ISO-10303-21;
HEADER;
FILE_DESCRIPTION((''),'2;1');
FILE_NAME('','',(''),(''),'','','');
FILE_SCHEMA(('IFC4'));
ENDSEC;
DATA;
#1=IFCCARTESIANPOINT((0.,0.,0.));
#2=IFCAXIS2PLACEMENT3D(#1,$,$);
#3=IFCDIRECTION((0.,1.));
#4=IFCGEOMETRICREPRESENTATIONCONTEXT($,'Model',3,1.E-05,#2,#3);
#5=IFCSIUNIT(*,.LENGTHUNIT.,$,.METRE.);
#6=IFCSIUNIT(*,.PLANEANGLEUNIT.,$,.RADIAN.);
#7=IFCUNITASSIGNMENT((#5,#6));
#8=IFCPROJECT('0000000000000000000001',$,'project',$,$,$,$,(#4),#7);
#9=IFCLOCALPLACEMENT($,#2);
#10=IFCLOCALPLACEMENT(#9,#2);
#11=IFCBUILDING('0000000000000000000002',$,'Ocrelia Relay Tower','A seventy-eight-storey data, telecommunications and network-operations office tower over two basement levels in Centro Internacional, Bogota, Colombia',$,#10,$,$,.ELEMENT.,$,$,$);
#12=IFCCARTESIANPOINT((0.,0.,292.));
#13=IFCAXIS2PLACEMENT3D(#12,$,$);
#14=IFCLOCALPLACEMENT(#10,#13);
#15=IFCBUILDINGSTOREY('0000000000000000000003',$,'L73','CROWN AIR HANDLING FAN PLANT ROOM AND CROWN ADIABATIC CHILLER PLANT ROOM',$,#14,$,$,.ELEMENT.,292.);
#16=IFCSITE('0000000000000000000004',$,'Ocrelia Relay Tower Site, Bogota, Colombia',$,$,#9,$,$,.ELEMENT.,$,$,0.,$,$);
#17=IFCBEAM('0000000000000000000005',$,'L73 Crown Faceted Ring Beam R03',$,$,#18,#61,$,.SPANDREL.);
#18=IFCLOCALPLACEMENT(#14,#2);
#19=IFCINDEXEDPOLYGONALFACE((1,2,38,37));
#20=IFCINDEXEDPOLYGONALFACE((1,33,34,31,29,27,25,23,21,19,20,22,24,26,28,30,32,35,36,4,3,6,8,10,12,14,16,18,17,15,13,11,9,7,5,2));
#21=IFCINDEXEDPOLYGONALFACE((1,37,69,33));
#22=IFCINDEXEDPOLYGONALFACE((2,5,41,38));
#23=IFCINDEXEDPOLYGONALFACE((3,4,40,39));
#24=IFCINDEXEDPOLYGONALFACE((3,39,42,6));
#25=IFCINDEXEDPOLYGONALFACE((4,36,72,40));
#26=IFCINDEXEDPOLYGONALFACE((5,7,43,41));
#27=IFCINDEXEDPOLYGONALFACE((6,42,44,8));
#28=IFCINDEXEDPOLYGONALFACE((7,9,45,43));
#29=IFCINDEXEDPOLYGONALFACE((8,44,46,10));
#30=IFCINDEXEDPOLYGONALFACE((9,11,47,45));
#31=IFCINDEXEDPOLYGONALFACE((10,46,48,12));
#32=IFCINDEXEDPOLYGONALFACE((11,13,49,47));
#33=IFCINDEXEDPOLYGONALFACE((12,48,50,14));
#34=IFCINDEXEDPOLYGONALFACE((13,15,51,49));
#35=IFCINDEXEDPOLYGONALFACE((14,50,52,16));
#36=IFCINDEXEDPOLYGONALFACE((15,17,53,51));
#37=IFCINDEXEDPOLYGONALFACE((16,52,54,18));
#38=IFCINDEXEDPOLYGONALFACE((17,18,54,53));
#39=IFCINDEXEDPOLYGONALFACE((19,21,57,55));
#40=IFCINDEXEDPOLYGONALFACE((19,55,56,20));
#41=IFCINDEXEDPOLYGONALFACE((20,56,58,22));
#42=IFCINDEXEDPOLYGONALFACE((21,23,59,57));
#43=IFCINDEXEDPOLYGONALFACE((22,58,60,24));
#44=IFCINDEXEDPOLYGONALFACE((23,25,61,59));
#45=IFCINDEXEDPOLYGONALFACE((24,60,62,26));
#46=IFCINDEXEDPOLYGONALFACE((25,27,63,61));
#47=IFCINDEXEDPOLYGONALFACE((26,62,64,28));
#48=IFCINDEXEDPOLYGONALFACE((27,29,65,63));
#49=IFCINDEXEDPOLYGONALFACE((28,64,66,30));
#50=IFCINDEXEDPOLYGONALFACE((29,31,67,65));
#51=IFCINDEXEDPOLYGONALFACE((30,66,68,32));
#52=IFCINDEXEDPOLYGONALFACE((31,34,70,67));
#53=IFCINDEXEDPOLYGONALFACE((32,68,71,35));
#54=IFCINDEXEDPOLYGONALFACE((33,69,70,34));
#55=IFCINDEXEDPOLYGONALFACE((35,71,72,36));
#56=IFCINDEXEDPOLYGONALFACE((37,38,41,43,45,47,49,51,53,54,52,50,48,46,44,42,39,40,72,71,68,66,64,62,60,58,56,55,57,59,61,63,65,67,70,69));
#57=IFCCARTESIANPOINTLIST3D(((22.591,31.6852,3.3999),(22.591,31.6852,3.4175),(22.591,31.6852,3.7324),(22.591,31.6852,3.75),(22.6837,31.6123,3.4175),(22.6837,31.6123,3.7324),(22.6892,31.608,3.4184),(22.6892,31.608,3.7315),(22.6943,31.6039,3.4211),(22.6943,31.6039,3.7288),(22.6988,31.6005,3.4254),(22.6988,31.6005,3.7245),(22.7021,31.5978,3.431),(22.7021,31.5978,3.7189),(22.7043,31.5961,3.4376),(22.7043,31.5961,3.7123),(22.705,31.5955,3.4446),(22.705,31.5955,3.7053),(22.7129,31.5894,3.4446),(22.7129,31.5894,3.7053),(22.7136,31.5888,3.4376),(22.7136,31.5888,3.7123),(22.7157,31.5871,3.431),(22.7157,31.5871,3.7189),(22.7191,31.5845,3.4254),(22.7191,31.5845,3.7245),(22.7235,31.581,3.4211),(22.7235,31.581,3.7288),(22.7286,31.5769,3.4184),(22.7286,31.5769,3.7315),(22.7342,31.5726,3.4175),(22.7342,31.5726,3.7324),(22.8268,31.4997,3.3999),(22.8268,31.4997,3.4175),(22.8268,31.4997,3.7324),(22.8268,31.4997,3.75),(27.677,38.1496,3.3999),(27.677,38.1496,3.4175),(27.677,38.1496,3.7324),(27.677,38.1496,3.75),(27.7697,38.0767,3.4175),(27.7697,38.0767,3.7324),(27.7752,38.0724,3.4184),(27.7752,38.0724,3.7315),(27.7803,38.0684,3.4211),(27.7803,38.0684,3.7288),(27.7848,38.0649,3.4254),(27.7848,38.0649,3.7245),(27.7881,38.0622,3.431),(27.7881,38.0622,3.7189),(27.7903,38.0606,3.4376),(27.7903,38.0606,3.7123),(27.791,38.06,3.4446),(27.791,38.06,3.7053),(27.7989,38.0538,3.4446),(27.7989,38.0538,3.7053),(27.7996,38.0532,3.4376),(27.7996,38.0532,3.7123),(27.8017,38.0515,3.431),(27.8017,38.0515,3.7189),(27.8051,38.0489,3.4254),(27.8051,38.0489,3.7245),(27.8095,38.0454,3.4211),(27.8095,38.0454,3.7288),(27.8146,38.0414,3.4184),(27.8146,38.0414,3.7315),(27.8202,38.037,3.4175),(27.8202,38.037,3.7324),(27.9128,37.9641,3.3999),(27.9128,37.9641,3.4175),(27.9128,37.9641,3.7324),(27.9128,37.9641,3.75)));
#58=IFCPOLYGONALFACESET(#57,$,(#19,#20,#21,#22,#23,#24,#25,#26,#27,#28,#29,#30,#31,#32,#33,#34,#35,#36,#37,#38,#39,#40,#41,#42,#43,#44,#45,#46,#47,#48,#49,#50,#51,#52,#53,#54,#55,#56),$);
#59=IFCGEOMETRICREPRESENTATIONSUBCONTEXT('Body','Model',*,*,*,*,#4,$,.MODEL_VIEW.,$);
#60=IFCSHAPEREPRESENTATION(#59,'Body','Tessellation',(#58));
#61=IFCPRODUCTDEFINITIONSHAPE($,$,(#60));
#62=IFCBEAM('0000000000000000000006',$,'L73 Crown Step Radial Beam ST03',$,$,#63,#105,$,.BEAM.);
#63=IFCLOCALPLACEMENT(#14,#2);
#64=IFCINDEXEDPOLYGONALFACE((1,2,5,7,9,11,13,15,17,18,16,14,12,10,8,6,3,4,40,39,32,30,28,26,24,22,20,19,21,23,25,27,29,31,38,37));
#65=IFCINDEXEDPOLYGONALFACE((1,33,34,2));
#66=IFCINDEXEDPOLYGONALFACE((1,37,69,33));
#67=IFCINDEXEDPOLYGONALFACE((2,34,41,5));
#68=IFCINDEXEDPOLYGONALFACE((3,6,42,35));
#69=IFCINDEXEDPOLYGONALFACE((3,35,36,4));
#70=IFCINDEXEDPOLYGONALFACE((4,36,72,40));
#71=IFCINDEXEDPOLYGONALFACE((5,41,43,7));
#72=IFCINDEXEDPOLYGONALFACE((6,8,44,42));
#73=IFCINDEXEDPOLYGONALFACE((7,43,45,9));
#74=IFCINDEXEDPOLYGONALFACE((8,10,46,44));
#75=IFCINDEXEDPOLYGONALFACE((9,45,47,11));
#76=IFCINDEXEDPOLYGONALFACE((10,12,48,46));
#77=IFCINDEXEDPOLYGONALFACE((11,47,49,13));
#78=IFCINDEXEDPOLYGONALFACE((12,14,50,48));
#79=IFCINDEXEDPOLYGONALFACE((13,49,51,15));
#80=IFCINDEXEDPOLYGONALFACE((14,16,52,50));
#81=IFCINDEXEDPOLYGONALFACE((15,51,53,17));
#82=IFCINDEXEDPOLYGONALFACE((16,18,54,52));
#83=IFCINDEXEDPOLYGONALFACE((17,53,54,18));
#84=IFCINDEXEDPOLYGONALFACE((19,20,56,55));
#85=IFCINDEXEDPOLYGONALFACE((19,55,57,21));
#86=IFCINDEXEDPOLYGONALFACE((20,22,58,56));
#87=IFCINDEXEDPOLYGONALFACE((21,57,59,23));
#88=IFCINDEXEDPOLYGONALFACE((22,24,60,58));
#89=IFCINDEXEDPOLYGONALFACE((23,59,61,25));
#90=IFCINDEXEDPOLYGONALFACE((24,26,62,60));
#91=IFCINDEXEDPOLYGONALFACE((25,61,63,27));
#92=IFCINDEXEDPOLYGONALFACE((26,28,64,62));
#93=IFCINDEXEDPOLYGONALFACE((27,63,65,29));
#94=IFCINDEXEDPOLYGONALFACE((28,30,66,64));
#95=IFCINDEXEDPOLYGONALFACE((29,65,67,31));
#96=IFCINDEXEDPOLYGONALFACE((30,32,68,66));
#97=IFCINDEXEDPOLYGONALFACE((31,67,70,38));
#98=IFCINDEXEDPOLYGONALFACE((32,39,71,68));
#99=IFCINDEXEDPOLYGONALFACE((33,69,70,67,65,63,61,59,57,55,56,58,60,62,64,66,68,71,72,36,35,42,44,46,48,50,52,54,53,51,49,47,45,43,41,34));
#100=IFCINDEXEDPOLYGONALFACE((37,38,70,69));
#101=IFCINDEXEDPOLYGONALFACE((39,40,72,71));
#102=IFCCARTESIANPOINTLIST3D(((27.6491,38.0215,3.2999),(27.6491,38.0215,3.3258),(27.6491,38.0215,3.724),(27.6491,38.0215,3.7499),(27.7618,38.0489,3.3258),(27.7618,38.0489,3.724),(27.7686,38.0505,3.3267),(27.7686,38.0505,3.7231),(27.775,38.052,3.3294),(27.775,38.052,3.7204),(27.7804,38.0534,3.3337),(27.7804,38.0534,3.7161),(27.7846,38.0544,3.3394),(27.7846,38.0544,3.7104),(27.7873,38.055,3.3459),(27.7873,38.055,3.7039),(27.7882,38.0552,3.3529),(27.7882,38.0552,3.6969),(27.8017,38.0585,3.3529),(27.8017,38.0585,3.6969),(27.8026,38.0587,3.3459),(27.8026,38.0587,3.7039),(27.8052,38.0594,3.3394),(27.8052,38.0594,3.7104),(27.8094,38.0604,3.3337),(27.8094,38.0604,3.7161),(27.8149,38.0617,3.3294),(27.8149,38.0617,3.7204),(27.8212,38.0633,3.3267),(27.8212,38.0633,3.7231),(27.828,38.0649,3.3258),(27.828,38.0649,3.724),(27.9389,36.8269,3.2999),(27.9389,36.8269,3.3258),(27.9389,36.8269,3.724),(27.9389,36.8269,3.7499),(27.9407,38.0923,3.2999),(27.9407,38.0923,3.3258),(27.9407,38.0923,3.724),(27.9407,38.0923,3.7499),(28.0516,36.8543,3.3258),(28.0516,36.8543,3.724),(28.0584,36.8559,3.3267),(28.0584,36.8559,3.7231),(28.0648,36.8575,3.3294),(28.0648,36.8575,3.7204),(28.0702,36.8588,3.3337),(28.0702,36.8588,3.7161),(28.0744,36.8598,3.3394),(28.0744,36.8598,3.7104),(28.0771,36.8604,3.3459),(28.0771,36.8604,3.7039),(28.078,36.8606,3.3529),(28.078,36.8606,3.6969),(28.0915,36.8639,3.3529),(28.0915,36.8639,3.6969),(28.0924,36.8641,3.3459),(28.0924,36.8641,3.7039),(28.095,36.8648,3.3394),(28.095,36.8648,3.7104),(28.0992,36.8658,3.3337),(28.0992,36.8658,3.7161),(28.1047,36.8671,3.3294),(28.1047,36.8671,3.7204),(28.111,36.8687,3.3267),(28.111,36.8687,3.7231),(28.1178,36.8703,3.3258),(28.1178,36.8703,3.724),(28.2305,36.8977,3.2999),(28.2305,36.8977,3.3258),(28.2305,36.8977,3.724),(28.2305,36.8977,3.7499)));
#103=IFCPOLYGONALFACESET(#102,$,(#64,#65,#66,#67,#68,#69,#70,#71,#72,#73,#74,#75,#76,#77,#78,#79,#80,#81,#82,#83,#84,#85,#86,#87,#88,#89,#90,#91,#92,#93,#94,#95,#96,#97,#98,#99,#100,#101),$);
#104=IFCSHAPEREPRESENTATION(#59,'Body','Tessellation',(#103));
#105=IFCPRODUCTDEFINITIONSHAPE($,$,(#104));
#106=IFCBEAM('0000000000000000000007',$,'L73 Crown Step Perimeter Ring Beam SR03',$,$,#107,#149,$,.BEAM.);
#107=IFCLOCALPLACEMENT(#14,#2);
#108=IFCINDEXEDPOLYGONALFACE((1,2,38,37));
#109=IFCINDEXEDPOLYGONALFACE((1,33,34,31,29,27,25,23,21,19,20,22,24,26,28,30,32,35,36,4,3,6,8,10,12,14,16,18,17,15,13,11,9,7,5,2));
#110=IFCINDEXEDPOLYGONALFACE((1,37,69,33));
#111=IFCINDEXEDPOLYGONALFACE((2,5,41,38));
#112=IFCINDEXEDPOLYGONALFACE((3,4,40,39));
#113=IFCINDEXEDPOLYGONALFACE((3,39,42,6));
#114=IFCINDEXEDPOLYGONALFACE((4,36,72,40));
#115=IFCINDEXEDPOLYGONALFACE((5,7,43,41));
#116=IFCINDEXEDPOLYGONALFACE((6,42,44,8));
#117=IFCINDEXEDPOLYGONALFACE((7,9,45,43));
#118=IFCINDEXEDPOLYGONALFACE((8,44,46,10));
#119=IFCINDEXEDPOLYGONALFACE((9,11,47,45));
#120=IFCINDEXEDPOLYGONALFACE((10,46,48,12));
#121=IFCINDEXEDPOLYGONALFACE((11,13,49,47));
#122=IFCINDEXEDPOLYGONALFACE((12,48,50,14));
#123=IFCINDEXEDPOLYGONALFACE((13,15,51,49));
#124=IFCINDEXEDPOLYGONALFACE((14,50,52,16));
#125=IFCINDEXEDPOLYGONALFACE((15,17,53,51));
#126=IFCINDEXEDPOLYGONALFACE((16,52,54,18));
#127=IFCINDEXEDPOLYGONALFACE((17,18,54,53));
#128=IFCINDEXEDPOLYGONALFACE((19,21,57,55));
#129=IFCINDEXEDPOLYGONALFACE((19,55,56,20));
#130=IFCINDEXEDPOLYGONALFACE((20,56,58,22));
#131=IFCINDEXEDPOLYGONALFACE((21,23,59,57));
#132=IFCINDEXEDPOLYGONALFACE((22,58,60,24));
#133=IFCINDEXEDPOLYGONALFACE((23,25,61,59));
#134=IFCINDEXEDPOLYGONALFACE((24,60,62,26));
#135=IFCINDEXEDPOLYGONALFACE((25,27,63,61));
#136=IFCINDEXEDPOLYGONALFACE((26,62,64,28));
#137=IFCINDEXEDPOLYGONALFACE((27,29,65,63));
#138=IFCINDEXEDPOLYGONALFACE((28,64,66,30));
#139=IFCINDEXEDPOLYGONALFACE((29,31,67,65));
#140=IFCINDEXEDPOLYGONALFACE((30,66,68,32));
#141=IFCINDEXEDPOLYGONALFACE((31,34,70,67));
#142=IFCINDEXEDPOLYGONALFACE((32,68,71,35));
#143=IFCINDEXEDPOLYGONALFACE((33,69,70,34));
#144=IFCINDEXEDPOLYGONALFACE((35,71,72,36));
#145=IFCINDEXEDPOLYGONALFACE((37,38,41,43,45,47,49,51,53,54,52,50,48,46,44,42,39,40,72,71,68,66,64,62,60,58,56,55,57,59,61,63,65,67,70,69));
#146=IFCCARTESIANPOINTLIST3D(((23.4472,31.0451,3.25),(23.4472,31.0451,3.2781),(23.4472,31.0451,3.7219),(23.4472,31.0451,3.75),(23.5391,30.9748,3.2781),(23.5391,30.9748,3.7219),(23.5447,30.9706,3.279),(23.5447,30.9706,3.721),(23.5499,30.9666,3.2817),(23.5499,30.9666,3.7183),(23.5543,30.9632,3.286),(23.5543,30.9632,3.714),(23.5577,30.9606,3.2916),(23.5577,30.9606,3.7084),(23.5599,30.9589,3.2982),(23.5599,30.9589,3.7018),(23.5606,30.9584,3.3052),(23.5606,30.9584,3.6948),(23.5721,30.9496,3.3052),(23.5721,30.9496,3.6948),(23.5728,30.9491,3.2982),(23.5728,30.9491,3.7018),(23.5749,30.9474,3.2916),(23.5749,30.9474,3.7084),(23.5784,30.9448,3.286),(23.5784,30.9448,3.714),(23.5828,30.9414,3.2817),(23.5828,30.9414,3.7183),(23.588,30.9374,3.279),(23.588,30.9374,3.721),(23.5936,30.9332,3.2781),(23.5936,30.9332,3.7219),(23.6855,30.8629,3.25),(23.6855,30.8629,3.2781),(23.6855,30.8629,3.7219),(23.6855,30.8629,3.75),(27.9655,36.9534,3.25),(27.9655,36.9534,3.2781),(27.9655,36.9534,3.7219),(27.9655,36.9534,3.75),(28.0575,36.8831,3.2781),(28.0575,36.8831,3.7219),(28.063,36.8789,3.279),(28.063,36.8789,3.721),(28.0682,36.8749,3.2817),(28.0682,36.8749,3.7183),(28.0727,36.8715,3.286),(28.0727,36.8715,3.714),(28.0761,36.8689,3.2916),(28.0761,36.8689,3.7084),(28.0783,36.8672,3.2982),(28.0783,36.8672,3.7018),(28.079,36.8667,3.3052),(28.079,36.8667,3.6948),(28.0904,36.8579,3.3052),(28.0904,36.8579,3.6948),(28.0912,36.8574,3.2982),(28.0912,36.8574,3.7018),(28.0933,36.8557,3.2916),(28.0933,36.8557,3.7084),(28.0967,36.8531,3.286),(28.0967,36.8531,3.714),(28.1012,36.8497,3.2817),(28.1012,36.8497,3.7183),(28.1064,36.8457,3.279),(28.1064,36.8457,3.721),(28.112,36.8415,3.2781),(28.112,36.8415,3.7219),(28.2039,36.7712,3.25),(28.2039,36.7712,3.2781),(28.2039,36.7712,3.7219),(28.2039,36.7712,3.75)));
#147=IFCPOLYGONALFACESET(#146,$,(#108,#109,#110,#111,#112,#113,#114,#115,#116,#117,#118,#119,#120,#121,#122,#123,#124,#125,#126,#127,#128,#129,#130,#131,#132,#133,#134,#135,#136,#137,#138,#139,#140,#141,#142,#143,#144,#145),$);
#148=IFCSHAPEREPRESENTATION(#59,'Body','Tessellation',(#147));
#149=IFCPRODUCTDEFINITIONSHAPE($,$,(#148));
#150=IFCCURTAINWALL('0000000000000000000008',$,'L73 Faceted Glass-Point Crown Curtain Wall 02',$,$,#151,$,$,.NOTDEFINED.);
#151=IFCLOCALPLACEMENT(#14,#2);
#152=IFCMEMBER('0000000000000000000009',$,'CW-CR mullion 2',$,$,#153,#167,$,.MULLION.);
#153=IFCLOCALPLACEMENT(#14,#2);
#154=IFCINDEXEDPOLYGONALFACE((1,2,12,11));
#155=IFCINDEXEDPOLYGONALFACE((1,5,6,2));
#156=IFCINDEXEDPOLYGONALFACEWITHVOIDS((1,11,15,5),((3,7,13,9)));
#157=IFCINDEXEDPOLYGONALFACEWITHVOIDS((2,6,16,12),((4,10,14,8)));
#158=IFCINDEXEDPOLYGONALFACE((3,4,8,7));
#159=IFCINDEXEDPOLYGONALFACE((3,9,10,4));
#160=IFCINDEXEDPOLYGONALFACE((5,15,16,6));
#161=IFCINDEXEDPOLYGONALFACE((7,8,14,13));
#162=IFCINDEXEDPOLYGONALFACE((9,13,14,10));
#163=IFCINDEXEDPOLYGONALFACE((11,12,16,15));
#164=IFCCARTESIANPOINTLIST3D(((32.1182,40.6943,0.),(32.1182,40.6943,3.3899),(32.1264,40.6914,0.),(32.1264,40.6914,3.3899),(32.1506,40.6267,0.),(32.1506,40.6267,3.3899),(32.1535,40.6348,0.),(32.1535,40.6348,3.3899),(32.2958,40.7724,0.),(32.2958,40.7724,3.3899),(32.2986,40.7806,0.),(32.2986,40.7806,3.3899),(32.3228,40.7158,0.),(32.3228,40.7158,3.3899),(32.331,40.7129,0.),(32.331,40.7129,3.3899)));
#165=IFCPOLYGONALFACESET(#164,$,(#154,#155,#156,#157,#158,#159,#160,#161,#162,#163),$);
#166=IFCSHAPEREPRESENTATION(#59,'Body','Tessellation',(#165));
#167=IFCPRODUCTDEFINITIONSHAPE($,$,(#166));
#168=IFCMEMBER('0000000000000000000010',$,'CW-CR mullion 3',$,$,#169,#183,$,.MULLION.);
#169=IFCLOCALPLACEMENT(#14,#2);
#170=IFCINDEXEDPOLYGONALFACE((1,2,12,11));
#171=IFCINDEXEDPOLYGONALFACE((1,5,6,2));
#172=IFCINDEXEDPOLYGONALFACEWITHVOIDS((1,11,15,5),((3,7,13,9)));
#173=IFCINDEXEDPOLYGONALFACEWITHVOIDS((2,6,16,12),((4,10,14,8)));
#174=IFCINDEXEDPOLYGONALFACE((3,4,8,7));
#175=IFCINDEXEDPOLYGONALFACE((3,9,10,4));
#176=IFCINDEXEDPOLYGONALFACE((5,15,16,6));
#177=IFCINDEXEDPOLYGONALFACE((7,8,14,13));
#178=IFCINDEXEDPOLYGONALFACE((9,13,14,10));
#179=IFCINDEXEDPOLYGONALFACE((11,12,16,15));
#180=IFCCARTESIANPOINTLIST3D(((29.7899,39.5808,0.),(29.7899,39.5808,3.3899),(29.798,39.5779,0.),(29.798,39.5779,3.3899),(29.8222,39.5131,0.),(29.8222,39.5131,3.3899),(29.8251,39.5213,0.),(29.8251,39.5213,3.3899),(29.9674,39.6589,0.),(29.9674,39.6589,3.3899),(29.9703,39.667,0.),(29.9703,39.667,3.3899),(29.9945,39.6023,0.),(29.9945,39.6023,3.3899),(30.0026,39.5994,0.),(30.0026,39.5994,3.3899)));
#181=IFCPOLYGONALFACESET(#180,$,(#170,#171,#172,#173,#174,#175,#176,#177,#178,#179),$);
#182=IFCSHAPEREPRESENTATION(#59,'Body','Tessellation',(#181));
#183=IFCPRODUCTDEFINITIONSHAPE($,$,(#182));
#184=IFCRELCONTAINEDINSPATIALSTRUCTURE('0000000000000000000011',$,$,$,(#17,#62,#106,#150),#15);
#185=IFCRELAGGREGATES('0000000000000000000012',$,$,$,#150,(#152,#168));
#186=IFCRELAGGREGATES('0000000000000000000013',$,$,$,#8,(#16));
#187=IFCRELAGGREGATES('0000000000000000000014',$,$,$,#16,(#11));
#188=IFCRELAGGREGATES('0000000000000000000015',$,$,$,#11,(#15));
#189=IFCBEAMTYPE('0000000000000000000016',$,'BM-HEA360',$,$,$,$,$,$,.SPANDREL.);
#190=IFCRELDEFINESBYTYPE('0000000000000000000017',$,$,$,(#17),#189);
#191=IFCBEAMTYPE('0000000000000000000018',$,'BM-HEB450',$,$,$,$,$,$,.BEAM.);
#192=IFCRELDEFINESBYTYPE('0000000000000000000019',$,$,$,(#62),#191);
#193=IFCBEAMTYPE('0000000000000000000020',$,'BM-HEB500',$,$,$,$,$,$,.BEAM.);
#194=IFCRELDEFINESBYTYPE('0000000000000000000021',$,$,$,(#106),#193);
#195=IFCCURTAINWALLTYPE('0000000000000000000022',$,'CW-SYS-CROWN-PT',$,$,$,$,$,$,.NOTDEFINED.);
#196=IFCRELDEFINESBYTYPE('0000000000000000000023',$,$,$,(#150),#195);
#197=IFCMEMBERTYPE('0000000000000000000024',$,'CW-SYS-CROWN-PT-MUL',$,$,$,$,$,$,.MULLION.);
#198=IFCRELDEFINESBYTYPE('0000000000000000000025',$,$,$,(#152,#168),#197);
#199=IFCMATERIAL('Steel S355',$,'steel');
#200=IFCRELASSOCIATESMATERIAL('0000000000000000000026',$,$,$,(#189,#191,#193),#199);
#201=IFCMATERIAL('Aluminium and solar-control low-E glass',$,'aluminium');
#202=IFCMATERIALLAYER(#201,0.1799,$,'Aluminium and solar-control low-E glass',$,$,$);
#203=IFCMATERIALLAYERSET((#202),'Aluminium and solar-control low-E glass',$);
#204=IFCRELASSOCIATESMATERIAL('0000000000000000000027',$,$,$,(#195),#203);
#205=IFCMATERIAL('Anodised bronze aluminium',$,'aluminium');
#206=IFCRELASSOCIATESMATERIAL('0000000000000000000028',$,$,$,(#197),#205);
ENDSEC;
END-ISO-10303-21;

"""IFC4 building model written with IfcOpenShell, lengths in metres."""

from ifc_helpers import new_model, si_unit, direction, frame, origin, origin_2d, place, context, subcontext, project, spatial, hollow_rectangle, i_section, extrude, material, layer, layer_set, material_profile, profile_set, type_object, element, aggregate, save


model = new_model("IFC4")

# Units and contexts
model_context = context("Model", 3, precision=1e-05, world=origin(), true_north=direction((0.0, 1.0)))
body_context = subcontext(model_context, "Body", "Model", "MODEL_VIEW")
ifc_project = project(units=[si_unit("LENGTHUNIT", "METRE"), si_unit("PLANEANGLEUNIT", "RADIAN")], contexts=[model_context])

# Site, building, storey
site_placement = place(None, origin())
site = spatial("IfcSite", under=ifc_project, at=site_placement, Name="Ocrelia Relay Tower Site, Bogota, Colombia", CompositionType="ELEMENT", RefElevation=0.0)
building_placement = place(site_placement, origin())
building = spatial("IfcBuilding", under=site, at=building_placement, Name="Ocrelia Relay Tower", Description="A seventy-eight-storey data, telecommunications and network-operations office tower over two basement levels in Centro Internacional, Bogota, Colombia", CompositionType="ELEMENT")
storey_placement = place(building_placement, frame((0.0, 0.0, 292.0)))
storey = spatial("IfcBuildingStorey", under=building, at=storey_placement, Name="L73", Description="CROWN AIR HANDLING FAN PLANT ROOM AND CROWN ADIABATIC CHILLER PLANT ROOM", CompositionType="ELEMENT", Elevation=292.0)

# Beams
ifc_material_1 = material(Name="Steel S355", Category="steel")
ifc_material_profile_1 = material_profile(ifc_material_1, i_section(OverallWidth=0.3, OverallDepth=0.3501, WebThickness=0.01, FlangeThickness=0.0176, FilletRadius=0.0271, at=origin_2d()), Name="HEA 360")
ifc_profile_set_1 = profile_set([ifc_material_profile_1], Name="Steel S355")
beam_type_1 = type_object("IfcBeamType", Name="BM-HEA360", PredefinedType="SPANDREL", material=ifc_profile_set_1)
beam_1_placement = place(storey_placement, frame((27.7949, 38.0569, 3.575), z_axis=(-0.618333, -0.785916, 0.0), x_axis=(0.785916, -0.618333, 0.0)))
element("IfcBeam", 1, at=beam_1_placement, inside=storey, type_object=beam_type_1, Name="L73 Crown Faceted Ring Beam R03", PredefinedType="SPANDREL", context=body_context, shape_type="SweptSolid", body=[
    extrude(i_section(OverallWidth=0.3, OverallDepth=0.3501, WebThickness=0.01, FlangeThickness=0.0176, FilletRadius=0.0271, at=origin_2d()), origin(), (0.0, 0.0, 1.0), 8.2253),
])
ifc_material_profile_2 = material_profile(ifc_material_1, i_section(OverallWidth=0.3, OverallDepth=0.45, WebThickness=0.0139, FlangeThickness=0.0259, FilletRadius=0.0271, at=origin_2d()), Name="HEB 450")
ifc_profile_set_2 = profile_set([ifc_material_profile_2], Name="Steel S355")
beam_type_2 = type_object("IfcBeamType", Name="BM-HEB450", PredefinedType="BEAM", material=ifc_profile_set_2)
beam_2_placement = place(storey_placement, frame((27.7949, 38.0569, 3.5249), z_axis=(0.235754, -0.971813, 0.0), x_axis=(0.971813, 0.235754, 0.0)))
element("IfcBeam", 2, at=beam_2_placement, inside=storey, type_object=beam_type_2, Name="L73 Crown Step Radial Beam ST03", PredefinedType="BEAM", context=body_context, shape_type="SweptSolid", body=[
    extrude(i_section(OverallWidth=0.3, OverallDepth=0.45, WebThickness=0.0139, FlangeThickness=0.0259, FilletRadius=0.0271, at=origin_2d()), origin(), (0.0, 0.0, 1.0), 1.2292),
])
ifc_material_profile_3 = material_profile(ifc_material_1, i_section(OverallWidth=0.3, OverallDepth=0.5, WebThickness=0.0144, FlangeThickness=0.0281, FilletRadius=0.0271, at=origin_2d()), Name="HEB 500")
ifc_profile_set_3 = profile_set([ifc_material_profile_3], Name="Steel S355")
beam_type_3 = type_object("IfcBeamType", Name="BM-HEB500", PredefinedType="BEAM", material=ifc_profile_set_3)
beam_3_placement = place(storey_placement, frame((28.0847, 36.8623, 3.5), z_axis=(-0.607473, -0.79434, 0.0), x_axis=(0.79434, -0.607473, 0.0)))
element("IfcBeam", 3, at=beam_3_placement, inside=storey, type_object=beam_type_3, Name="L73 Crown Step Perimeter Ring Beam SR03", PredefinedType="BEAM", context=body_context, shape_type="SweptSolid", body=[
    extrude(i_section(OverallWidth=0.3, OverallDepth=0.5, WebThickness=0.0144, FlangeThickness=0.0281, FilletRadius=0.0271, at=origin_2d()), origin(), (0.0, 0.0, 1.0), 7.438),
])

# Curtain wall, members
ifc_material_2 = material(Name="Aluminium and solar-control low-E glass", Category="aluminium")
ifc_layer_1 = layer(ifc_material_2, 0.1799, Name="Aluminium and solar-control low-E glass")
ifc_layer_set_1 = layer_set([ifc_layer_1], Name="Aluminium and solar-control low-E glass")
curtain_wall_type = type_object("IfcCurtainWallType", Name="CW-SYS-CROWN-PT", PredefinedType="NOTDEFINED", material=ifc_layer_set_1)
curtain_wall_1_placement = place(storey_placement, origin())
curtain_wall_1 = element("IfcCurtainWall", 4, at=curtain_wall_1_placement, inside=storey, type_object=curtain_wall_type, Name="L73 Faceted Glass-Point Crown Curtain Wall 02", PredefinedType="NOTDEFINED")
ifc_material_3 = material(Name="Anodised bronze aluminium", Category="aluminium")
ifc_material_profile_4 = material_profile(ifc_material_3, hollow_rectangle(XDim=0.075, YDim=0.2, WallThickness=0.0061, at=origin_2d()), Name="CW-MUL-200x75")
ifc_profile_set_4 = profile_set([ifc_material_profile_4], Name="Anodised bronze aluminium")
member_type_1 = type_object("IfcMemberType", Name="CW-SYS-CROWN-PT-MUL", PredefinedType="MULLION", material=ifc_profile_set_4)
member_1_placement = place(storey_placement, frame((32.2246, 40.7036, 0.0), z_axis=(0.0, 0.0, 1.0), x_axis=(0.431477, -0.902124, 0.0)))
member_1 = element("IfcMember", 5, at=member_1_placement, type_object=member_type_1, Name="CW-CR mullion 2", PredefinedType="MULLION", context=body_context, shape_type="SweptSolid", body=[
    extrude(hollow_rectangle(XDim=0.075, YDim=0.2, WallThickness=0.0061, at=origin_2d()), origin(), (0.0, 0.0, 1.0), 3.3899),
])
member_2_placement = place(storey_placement, frame((29.8962, 39.5901, 0.0), z_axis=(0.0, 0.0, 1.0), x_axis=(0.431477, -0.902124, 0.0)))
member_2 = element("IfcMember", 6, at=member_2_placement, type_object=member_type_1, Name="CW-CR mullion 3", PredefinedType="MULLION", context=body_context, shape_type="SweptSolid", body=[
    extrude(hollow_rectangle(XDim=0.075, YDim=0.2, WallThickness=0.0061, at=origin_2d()), origin(), (0.0, 0.0, 1.0), 3.3899),
])

aggregate(curtain_wall_1, [member_1, member_2])

save(model, "model.ifc")
